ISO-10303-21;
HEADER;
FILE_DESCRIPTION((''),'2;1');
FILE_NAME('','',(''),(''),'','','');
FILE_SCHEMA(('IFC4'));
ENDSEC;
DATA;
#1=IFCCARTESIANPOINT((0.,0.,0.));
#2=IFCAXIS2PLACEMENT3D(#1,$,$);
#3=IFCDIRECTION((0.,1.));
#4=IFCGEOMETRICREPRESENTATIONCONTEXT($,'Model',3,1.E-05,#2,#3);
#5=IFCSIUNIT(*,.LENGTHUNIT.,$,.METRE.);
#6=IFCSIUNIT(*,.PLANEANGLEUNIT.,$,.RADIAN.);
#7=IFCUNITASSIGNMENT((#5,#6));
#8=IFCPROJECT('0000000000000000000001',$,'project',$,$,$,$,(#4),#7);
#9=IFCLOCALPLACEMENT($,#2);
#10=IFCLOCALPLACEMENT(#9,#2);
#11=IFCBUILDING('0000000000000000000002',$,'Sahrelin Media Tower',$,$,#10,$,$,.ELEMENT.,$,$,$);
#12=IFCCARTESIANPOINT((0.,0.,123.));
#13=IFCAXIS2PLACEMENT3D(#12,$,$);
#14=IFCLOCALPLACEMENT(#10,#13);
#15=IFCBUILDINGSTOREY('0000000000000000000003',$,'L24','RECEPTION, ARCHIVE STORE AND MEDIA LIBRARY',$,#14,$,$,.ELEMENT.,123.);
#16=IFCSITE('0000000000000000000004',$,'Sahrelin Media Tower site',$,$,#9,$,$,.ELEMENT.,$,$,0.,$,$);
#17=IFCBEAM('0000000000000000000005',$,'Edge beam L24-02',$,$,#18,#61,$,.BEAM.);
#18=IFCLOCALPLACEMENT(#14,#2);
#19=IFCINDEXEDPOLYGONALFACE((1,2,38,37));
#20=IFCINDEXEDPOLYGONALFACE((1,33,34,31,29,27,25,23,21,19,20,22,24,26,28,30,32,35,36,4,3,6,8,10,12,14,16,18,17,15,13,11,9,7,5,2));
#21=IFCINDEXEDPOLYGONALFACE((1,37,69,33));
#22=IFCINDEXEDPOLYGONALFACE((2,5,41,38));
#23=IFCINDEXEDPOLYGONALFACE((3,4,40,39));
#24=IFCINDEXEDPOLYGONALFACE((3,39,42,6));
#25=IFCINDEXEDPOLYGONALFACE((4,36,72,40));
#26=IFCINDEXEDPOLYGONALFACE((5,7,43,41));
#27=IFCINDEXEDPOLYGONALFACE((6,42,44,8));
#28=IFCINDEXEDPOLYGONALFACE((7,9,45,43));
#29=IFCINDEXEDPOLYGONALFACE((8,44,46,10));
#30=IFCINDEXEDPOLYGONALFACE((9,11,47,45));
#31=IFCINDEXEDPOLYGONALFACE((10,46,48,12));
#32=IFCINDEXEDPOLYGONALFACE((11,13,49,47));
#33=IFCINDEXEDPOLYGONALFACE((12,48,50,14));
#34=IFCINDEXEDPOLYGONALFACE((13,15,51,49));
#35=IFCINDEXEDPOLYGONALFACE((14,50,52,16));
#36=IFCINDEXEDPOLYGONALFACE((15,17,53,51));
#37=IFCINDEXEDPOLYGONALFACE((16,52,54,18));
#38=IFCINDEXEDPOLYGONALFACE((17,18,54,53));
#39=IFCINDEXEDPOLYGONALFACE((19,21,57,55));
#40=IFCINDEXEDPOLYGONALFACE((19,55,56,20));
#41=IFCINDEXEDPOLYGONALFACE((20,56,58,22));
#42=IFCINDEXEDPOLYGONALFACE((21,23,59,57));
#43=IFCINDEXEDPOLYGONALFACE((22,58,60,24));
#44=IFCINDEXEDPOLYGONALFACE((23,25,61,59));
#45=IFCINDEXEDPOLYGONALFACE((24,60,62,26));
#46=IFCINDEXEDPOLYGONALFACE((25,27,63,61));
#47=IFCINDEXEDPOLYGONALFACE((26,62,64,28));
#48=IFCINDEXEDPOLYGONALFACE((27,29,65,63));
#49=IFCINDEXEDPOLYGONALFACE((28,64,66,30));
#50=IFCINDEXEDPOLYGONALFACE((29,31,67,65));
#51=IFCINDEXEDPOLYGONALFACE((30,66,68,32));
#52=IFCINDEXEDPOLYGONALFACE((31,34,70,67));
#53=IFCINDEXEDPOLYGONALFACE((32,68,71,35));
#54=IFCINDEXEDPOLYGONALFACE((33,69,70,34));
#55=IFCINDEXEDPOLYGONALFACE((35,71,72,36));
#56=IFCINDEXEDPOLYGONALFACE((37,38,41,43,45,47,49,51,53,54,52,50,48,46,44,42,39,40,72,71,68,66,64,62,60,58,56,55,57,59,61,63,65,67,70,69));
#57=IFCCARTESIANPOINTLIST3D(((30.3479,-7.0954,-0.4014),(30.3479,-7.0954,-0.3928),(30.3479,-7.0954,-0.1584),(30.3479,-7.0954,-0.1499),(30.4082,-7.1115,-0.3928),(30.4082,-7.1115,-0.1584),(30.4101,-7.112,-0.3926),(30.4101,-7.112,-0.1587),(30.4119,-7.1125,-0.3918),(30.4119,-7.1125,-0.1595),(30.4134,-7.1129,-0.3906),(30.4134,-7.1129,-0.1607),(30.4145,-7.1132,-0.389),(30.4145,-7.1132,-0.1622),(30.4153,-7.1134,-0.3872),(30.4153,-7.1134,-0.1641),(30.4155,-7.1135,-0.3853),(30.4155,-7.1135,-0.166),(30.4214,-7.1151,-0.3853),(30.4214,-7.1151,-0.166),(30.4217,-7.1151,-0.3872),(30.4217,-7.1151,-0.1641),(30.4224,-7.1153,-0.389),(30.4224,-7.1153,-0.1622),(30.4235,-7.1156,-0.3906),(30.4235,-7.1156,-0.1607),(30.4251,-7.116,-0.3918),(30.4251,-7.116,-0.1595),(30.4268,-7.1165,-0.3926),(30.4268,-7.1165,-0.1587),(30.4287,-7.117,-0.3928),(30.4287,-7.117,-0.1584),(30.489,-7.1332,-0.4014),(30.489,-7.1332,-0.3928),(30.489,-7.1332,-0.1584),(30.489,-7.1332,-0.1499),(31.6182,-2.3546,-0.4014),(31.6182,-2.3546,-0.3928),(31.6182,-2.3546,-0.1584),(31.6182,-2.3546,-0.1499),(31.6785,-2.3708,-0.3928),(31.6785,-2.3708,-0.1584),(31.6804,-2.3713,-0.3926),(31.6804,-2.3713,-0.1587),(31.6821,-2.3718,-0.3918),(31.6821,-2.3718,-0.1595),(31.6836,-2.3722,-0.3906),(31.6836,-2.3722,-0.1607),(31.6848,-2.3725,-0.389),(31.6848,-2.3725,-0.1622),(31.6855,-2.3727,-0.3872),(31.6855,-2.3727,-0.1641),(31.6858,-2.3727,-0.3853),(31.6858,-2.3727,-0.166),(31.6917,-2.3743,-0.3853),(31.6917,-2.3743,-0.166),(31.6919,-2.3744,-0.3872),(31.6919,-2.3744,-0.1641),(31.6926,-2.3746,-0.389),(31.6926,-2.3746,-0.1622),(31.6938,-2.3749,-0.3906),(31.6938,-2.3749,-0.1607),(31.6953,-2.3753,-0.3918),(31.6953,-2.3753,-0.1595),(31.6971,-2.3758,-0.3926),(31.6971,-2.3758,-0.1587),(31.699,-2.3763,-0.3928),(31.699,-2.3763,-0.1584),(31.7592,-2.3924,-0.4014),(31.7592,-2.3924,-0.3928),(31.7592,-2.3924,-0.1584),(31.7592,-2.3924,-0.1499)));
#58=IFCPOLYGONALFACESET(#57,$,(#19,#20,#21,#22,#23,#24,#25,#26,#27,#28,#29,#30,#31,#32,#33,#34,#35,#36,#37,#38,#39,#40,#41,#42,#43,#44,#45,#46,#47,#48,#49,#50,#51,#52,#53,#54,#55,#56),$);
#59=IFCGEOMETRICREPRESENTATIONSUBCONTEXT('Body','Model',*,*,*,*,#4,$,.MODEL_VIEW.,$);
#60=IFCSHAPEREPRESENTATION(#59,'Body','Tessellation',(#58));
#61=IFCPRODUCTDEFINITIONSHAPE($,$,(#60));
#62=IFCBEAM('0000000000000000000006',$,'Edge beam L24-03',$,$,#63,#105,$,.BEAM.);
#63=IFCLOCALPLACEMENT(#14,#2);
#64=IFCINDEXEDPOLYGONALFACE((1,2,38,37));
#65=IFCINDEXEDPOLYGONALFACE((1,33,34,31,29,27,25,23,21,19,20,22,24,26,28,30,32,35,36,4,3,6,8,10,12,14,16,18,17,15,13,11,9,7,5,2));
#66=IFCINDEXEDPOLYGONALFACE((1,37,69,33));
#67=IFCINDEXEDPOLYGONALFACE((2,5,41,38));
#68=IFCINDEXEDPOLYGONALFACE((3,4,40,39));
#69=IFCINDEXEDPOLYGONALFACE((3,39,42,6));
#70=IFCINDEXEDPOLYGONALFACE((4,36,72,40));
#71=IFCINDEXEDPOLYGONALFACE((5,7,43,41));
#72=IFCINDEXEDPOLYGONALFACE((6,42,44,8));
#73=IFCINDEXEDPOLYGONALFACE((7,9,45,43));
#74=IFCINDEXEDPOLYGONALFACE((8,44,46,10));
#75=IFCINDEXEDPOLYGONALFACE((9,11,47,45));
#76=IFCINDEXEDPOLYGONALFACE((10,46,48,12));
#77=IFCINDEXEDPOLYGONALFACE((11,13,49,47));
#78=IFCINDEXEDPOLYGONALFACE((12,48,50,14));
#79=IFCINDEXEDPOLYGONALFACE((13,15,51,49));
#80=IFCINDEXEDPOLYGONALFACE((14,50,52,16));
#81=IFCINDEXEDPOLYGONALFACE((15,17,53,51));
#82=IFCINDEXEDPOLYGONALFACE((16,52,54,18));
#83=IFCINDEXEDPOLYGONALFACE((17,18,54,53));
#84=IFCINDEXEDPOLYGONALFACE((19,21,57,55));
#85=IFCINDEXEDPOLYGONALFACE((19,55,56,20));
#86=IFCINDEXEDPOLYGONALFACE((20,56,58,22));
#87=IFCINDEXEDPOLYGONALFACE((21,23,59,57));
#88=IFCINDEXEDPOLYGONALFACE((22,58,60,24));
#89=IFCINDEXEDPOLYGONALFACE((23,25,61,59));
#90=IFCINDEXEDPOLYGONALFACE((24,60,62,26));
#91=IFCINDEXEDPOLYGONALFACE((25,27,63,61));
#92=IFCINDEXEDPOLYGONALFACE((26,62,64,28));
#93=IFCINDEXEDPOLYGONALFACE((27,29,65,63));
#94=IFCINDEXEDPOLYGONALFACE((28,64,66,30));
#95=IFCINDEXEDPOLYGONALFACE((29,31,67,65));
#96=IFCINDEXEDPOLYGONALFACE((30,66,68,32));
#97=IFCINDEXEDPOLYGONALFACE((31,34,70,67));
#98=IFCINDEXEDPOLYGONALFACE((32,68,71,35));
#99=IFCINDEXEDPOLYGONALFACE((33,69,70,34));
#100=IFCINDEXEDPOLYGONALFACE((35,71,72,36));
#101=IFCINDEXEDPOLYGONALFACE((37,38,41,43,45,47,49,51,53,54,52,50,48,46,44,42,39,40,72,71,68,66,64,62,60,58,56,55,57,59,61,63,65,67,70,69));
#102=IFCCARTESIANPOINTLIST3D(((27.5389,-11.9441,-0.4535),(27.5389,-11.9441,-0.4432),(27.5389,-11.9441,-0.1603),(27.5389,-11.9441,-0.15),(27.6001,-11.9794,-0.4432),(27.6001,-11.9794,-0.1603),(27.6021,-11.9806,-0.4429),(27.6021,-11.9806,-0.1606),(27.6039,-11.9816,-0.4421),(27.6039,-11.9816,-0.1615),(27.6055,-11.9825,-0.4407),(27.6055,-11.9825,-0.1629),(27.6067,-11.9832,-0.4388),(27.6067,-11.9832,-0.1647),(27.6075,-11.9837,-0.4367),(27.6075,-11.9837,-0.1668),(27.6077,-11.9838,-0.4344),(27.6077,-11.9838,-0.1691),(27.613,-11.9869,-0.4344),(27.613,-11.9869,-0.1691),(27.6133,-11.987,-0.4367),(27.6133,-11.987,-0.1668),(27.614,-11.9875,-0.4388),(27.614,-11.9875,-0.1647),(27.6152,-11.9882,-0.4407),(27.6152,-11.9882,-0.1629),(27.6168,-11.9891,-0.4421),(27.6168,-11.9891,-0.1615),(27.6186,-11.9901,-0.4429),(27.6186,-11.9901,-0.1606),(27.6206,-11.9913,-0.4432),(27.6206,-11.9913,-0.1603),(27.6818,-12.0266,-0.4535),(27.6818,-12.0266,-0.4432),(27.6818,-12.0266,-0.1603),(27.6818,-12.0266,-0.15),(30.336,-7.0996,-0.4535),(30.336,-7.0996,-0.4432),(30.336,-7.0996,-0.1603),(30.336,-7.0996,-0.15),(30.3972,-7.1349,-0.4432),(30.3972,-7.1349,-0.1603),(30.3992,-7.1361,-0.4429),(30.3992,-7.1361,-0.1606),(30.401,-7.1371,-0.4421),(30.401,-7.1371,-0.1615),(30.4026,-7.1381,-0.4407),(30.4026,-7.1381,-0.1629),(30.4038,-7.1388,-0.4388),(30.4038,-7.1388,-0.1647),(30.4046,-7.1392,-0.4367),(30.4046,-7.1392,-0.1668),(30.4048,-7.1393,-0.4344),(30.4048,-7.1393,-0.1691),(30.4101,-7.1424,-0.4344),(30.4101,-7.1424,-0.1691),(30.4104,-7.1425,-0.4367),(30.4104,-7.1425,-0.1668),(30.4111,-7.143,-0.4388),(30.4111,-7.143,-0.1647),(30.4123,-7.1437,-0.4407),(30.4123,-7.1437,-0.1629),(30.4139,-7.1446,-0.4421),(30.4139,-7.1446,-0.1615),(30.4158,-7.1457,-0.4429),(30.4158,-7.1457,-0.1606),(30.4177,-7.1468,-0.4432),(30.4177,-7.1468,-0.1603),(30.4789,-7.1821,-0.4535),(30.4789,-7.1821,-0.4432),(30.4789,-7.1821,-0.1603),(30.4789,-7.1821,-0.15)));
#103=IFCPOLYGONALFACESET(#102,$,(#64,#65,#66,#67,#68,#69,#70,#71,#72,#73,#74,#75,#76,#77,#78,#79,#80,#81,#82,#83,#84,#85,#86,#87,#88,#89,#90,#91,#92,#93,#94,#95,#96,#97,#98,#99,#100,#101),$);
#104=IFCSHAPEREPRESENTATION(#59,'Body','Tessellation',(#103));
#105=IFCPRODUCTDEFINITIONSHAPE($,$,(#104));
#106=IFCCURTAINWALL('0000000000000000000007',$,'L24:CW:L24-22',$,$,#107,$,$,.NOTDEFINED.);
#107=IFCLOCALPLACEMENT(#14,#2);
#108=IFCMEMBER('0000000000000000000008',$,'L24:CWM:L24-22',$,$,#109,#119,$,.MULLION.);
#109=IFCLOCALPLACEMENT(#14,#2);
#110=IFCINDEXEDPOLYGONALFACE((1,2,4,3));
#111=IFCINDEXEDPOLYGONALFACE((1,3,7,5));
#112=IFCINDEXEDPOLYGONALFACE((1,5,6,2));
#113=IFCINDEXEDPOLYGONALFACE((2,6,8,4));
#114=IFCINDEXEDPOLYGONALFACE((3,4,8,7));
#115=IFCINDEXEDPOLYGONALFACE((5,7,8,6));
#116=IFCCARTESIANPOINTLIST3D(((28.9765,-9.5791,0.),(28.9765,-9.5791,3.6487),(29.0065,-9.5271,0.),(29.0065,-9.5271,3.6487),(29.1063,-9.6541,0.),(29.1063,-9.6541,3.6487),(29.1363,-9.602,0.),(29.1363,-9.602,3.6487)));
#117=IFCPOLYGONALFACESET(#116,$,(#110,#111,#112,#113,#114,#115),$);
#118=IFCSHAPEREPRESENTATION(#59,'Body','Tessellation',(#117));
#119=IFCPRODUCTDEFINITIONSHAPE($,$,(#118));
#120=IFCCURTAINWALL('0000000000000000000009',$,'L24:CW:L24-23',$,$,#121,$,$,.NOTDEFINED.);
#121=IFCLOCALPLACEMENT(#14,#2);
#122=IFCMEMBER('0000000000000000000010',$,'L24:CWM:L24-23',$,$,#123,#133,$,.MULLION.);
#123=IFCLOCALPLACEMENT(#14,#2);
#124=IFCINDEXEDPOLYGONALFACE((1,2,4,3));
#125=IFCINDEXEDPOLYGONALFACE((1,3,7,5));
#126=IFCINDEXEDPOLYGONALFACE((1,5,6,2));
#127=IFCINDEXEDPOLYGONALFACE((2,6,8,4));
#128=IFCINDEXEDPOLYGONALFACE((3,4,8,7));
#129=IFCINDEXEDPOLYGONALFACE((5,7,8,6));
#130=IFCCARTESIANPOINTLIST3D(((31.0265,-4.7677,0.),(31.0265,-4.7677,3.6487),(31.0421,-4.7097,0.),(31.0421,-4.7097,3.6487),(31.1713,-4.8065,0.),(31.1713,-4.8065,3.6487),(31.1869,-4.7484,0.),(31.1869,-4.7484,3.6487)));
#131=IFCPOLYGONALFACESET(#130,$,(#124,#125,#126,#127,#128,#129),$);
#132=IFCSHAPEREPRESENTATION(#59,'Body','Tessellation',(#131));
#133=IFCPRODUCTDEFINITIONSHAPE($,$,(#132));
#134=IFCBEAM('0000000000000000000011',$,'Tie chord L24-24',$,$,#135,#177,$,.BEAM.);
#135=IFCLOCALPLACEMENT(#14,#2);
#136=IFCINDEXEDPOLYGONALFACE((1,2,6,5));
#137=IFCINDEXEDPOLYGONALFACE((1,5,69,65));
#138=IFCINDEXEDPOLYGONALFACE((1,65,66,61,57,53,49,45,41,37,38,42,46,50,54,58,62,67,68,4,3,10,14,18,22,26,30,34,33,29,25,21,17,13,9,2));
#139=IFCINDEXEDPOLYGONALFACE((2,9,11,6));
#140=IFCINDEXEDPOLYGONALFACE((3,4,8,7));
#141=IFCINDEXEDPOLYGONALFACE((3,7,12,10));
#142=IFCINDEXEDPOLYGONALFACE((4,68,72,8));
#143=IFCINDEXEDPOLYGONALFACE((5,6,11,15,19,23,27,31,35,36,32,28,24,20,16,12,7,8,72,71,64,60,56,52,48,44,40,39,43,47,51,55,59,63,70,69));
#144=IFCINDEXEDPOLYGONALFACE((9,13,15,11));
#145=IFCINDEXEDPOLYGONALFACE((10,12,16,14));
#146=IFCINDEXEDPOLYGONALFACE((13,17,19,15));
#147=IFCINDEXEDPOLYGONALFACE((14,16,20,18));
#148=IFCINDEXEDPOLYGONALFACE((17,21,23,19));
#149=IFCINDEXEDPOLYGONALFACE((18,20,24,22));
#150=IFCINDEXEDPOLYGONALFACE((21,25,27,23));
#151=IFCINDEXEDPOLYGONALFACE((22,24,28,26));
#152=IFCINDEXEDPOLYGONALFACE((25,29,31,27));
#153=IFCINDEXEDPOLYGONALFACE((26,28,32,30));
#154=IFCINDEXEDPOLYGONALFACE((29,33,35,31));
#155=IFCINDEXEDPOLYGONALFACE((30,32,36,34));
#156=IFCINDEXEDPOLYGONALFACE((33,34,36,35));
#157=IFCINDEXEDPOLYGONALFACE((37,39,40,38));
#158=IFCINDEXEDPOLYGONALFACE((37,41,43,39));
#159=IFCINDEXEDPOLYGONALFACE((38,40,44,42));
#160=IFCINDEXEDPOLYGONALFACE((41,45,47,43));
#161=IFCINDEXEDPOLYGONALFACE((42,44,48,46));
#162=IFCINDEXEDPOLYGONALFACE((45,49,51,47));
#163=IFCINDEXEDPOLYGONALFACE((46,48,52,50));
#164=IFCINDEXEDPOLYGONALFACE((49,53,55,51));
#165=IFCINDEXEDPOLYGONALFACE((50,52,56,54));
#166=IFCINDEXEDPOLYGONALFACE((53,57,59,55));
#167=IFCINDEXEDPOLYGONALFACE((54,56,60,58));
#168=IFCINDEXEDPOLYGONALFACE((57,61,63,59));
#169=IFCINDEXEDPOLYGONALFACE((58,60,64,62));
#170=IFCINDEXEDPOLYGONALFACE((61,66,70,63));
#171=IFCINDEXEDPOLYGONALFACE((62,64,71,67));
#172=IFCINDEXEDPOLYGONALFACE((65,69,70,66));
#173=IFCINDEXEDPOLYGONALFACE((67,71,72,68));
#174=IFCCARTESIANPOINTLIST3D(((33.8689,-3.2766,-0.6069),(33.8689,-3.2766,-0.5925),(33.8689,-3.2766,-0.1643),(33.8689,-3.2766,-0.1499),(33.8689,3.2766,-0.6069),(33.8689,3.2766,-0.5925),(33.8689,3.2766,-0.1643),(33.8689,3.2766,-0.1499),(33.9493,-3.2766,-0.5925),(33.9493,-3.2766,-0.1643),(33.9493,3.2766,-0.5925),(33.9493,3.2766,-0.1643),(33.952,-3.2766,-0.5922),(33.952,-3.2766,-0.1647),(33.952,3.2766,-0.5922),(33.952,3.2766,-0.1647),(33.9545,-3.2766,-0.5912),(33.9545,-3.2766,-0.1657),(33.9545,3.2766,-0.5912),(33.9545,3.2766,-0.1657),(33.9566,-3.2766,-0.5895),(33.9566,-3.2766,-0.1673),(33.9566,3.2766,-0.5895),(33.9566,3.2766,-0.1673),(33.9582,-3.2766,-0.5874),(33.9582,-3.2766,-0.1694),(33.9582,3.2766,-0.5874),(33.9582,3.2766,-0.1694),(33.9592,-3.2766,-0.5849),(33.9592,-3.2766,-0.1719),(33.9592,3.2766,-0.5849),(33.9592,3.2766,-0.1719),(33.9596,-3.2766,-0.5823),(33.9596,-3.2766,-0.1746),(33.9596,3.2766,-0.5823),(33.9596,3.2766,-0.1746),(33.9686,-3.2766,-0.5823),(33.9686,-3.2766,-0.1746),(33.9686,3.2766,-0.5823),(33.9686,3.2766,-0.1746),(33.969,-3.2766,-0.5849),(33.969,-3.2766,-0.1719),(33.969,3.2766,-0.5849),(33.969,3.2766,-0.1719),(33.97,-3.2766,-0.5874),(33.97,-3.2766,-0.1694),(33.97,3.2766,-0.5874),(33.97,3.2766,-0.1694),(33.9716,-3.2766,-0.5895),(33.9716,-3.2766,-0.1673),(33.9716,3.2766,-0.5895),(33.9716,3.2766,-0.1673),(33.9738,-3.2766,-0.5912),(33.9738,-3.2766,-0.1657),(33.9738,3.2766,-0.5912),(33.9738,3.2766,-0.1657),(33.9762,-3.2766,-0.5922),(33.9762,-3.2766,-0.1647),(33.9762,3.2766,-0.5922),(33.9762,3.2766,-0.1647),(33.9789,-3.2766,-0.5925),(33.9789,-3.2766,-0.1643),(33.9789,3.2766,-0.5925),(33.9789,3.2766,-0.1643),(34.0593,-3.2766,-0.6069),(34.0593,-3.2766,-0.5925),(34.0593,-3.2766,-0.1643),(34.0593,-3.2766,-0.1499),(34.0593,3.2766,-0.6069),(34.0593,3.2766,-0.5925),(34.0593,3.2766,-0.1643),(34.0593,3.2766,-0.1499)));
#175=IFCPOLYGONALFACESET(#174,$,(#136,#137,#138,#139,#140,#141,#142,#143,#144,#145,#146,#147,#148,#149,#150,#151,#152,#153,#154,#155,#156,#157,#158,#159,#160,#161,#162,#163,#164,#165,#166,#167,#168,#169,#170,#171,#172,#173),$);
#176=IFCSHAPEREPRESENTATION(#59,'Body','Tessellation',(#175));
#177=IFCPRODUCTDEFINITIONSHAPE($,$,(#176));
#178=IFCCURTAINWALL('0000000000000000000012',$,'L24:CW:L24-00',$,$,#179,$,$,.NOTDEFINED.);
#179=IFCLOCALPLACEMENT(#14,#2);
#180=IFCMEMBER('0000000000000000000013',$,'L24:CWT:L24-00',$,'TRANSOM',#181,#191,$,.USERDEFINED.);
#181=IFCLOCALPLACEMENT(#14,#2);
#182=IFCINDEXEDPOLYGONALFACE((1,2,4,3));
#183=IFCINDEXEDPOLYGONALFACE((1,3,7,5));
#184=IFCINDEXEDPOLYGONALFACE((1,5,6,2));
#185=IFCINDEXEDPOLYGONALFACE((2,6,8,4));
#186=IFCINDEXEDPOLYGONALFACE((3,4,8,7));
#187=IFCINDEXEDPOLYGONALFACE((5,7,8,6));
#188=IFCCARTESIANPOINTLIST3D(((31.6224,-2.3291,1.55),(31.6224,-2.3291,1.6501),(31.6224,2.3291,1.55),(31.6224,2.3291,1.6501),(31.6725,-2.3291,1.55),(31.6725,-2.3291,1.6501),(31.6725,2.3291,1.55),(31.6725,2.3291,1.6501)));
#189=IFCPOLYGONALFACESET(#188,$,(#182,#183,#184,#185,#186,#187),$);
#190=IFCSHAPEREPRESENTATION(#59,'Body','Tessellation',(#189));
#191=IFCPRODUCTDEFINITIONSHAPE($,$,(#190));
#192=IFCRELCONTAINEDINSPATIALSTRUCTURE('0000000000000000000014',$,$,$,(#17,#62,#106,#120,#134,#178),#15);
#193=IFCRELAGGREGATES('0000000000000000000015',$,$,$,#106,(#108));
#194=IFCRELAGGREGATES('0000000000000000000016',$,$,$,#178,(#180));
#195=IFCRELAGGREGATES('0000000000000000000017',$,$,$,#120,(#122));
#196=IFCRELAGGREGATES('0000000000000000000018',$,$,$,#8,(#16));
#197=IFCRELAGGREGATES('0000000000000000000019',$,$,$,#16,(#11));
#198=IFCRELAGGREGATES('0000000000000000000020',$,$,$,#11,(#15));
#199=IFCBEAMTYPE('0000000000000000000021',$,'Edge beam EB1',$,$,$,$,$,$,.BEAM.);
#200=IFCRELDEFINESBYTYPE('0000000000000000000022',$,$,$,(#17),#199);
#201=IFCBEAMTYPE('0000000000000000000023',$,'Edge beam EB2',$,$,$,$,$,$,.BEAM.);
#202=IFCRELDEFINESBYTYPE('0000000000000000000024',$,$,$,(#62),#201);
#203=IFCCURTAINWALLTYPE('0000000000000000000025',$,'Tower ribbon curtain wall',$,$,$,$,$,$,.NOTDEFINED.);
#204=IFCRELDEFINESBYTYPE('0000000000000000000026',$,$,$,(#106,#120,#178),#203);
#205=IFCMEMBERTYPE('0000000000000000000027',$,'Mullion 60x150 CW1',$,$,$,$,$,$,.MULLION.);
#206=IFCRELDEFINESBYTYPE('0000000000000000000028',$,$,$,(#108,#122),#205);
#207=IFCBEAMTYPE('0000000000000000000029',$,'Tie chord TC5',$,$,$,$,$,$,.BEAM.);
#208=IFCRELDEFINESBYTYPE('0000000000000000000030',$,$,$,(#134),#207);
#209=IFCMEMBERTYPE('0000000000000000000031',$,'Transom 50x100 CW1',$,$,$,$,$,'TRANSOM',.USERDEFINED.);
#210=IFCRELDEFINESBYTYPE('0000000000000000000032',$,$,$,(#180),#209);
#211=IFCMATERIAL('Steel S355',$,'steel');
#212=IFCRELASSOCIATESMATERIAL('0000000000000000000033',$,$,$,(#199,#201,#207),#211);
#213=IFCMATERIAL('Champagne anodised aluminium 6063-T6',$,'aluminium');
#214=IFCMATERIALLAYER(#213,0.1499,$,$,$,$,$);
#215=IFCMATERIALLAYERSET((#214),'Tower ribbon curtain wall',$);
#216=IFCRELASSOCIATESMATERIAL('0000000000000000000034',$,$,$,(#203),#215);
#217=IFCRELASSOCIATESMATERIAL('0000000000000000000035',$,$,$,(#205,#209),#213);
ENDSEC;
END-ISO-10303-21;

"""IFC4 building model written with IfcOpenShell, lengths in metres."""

from ifc_helpers import new_model, si_unit, direction, frame, origin, origin_2d, place, context, subcontext, project, spatial, rectangle, i_section, extrude, material, layer, layer_set, material_profile, profile_set, type_object, element, aggregate, save


model = new_model("IFC4")

# Units and contexts
model_context = context("Model", 3, precision=1e-05, world=origin(), true_north=direction((0.0, 1.0)))
body_context = subcontext(model_context, "Body", "Model", "MODEL_VIEW")
ifc_project = project(units=[si_unit("LENGTHUNIT", "METRE"), si_unit("PLANEANGLEUNIT", "RADIAN")], contexts=[model_context])

# Site, building, storey
site_placement = place(None, origin())
site = spatial("IfcSite", under=ifc_project, at=site_placement, Name="Sahrelin Media Tower site", CompositionType="ELEMENT", RefElevation=0.0)
building_placement = place(site_placement, origin())
building = spatial("IfcBuilding", under=site, at=building_placement, Name="Sahrelin Media Tower", CompositionType="ELEMENT")
storey_placement = place(building_placement, frame((0.0, 0.0, 123.0)))
storey = spatial("IfcBuildingStorey", under=building, at=storey_placement, Name="L24", Description="RECEPTION, ARCHIVE STORE AND MEDIA LIBRARY", CompositionType="ELEMENT", Elevation=123.0)

# Beams
ifc_material_1 = material(Name="Steel S355", Category="steel")
ifc_material_profile_1 = material_profile(ifc_material_1, i_section(OverallWidth=0.146, OverallDepth=0.2515, WebThickness=0.0061, FlangeThickness=0.0085, FilletRadius=0.0076, at=origin_2d()), Name="UB 254x146x31")
ifc_profile_set_1 = profile_set([ifc_material_profile_1], Name="Steel S355")
beam_type_1 = type_object("IfcBeamType", Name="Edge beam EB1", PredefinedType="BEAM", material=ifc_profile_set_1)
beam_1_placement = place(storey_placement, frame((31.6887, -2.3735, -0.2756), z_axis=(-0.258817, -0.965926, 0.0), x_axis=(0.965926, -0.258817, 0.0)))
element("IfcBeam", 1, at=beam_1_placement, inside=storey, type_object=beam_type_1, Name="Edge beam L24-02", PredefinedType="BEAM", context=body_context, shape_type="SweptSolid", body=[
    extrude(i_section(OverallWidth=0.146, OverallDepth=0.2515, WebThickness=0.0061, FlangeThickness=0.0085, FilletRadius=0.0076, at=origin_2d()), origin(), (0.0, 0.0, 1.0), 4.908),
])
ifc_material_profile_2 = material_profile(ifc_material_1, i_section(OverallWidth=0.165, OverallDepth=0.3035, WebThickness=0.0061, FlangeThickness=0.0103, FilletRadius=0.0088, at=origin_2d()), Name="UB 305x165x40")
ifc_profile_set_2 = profile_set([ifc_material_profile_2], Name="Steel S355")
beam_type_2 = type_object("IfcBeamType", Name="Edge beam EB2", PredefinedType="BEAM", material=ifc_profile_set_2)
beam_2_placement = place(storey_placement, frame((30.4075, -7.1409, -0.3018), z_axis=(-0.500021, -0.866013, 0.0), x_axis=(0.866013, -0.500021, 0.0)))
element("IfcBeam", 2, at=beam_2_placement, inside=storey, type_object=beam_type_2, Name="Edge beam L24-03", PredefinedType="BEAM", context=body_context, shape_type="SweptSolid", body=[
    extrude(i_section(OverallWidth=0.165, OverallDepth=0.3035, WebThickness=0.0061, FlangeThickness=0.0103, FilletRadius=0.0088, at=origin_2d()), origin(), (0.0, 0.0, 1.0), 5.594),
])

# Curtain walls, members
ifc_material_2 = material(Name="Champagne anodised aluminium 6063-T6", Category="aluminium")
ifc_layer_1 = layer(ifc_material_2, 0.1499)
ifc_layer_set_1 = layer_set([ifc_layer_1], Name="Tower ribbon curtain wall")
curtain_wall_type = type_object("IfcCurtainWallType", Name="Tower ribbon curtain wall", PredefinedType="NOTDEFINED", material=ifc_layer_set_1)
curtain_wall_1_placement = place(storey_placement, frame((29.1389, -9.6382, 0.0), z_axis=(0.0, 0.0, 1.0), x_axis=(1.0, 0.0, 0.0)))
curtain_wall_1 = element("IfcCurtainWall", 3, at=curtain_wall_1_placement, inside=storey, type_object=curtain_wall_type, Name="L24:CW:L24-22", PredefinedType="NOTDEFINED")
ifc_material_profile_3 = material_profile(ifc_material_2, rectangle(XDim=0.0601, YDim=0.1499, at=origin_2d()), Name="Mullion 60x150")
ifc_profile_set_3 = profile_set([ifc_material_profile_3], Name="Champagne anodised aluminium 6063-T6")
member_type_1 = type_object("IfcMemberType", Name="Mullion 60x150 CW1", PredefinedType="MULLION", material=ifc_profile_set_3)
member_1_placement = place(storey_placement, frame((29.0564, -9.5906, 0.0), z_axis=(0.0, 0.0, 1.0), x_axis=(0.499998, 0.866026, 0.0)))
member_1 = element("IfcMember", 4, at=member_1_placement, type_object=member_type_1, Name="L24:CWM:L24-22", PredefinedType="MULLION", context=body_context, shape_type="SweptSolid", body=[
    extrude(rectangle(XDim=0.0601, YDim=0.1499, at=origin_2d()), origin(), (0.0, 0.0, 1.0), 3.6487),
])
aggregate(curtain_wall_1, [member_1])
curtain_wall_2_placement = place(storey_placement, frame((31.1985, -4.7827, 0.0), z_axis=(0.0, 0.0, 1.0), x_axis=(1.0, 0.0, 0.0)))
curtain_wall_2 = element("IfcCurtainWall", 5, at=curtain_wall_2_placement, inside=storey, type_object=curtain_wall_type, Name="L24:CW:L24-23", PredefinedType="NOTDEFINED")
member_2_placement = place(storey_placement, frame((31.1067, -4.7581, 0.0), z_axis=(0.0, 0.0, 1.0), x_axis=(0.258812, 0.965928, 0.0)))
member_2 = element("IfcMember", 6, at=member_2_placement, type_object=member_type_1, Name="L24:CWM:L24-23", PredefinedType="MULLION", context=body_context, shape_type="SweptSolid", body=[
    extrude(rectangle(XDim=0.0601, YDim=0.1499, at=origin_2d()), origin(), (0.0, 0.0, 1.0), 3.6487),
])

# Beam
ifc_material_profile_4 = material_profile(ifc_material_1, i_section(OverallWidth=0.1904, OverallDepth=0.457, WebThickness=0.009, FlangeThickness=0.0144, FilletRadius=0.0103, at=origin_2d()), Name="UB 457x191x74")
ifc_profile_set_4 = profile_set([ifc_material_profile_4], Name="Steel S355")
beam_type_3 = type_object("IfcBeamType", Name="Tie chord TC5", PredefinedType="BEAM", material=ifc_profile_set_4)
beam_3_placement = place(storey_placement, frame((33.9641, -3.2766, -0.3784), z_axis=(0.0, 1.0, 0.0), x_axis=(-1.0, 0.0, 0.0)))
element("IfcBeam", 7, at=beam_3_placement, inside=storey, type_object=beam_type_3, Name="Tie chord L24-24", PredefinedType="BEAM", context=body_context, shape_type="SweptSolid", body=[
    extrude(i_section(OverallWidth=0.1904, OverallDepth=0.457, WebThickness=0.009, FlangeThickness=0.0144, FilletRadius=0.0103, at=origin_2d()), origin(), (0.0, 0.0, 1.0), 6.5532),
])

# Curtain wall, member
curtain_wall_3_placement = place(storey_placement, frame((31.8423, 0.0, 0.0), z_axis=(0.0, 0.0, 1.0), x_axis=(1.0, 0.0, 0.0)))
curtain_wall_3 = element("IfcCurtainWall", 8, at=curtain_wall_3_placement, inside=storey, type_object=curtain_wall_type, Name="L24:CW:L24-00", PredefinedType="NOTDEFINED")
ifc_material_profile_5 = material_profile(ifc_material_2, rectangle(XDim=0.05, YDim=0.1001, at=origin_2d()), Name="Transom 50x100")
ifc_profile_set_5 = profile_set([ifc_material_profile_5], Name="Champagne anodised aluminium 6063-T6")
member_type_2 = type_object("IfcMemberType", Name="Transom 50x100 CW1", ElementType="TRANSOM", PredefinedType="USERDEFINED", material=ifc_profile_set_5)
member_3_placement = place(storey_placement, frame((31.6475, -2.3291, 1.6001), z_axis=(0.0, 1.0, 0.0), x_axis=(-1.0, 0.0, 0.0)))
member_3 = element("IfcMember", 9, at=member_3_placement, type_object=member_type_2, Name="L24:CWT:L24-00", ObjectType="TRANSOM", PredefinedType="USERDEFINED", context=body_context, shape_type="SweptSolid", body=[
    extrude(rectangle(XDim=0.05, YDim=0.1001, at=origin_2d()), origin(), (0.0, 0.0, 1.0), 4.6582),
])

aggregate(curtain_wall_3, [member_3])
aggregate(curtain_wall_2, [member_2])

save(model, "model.ifc")
